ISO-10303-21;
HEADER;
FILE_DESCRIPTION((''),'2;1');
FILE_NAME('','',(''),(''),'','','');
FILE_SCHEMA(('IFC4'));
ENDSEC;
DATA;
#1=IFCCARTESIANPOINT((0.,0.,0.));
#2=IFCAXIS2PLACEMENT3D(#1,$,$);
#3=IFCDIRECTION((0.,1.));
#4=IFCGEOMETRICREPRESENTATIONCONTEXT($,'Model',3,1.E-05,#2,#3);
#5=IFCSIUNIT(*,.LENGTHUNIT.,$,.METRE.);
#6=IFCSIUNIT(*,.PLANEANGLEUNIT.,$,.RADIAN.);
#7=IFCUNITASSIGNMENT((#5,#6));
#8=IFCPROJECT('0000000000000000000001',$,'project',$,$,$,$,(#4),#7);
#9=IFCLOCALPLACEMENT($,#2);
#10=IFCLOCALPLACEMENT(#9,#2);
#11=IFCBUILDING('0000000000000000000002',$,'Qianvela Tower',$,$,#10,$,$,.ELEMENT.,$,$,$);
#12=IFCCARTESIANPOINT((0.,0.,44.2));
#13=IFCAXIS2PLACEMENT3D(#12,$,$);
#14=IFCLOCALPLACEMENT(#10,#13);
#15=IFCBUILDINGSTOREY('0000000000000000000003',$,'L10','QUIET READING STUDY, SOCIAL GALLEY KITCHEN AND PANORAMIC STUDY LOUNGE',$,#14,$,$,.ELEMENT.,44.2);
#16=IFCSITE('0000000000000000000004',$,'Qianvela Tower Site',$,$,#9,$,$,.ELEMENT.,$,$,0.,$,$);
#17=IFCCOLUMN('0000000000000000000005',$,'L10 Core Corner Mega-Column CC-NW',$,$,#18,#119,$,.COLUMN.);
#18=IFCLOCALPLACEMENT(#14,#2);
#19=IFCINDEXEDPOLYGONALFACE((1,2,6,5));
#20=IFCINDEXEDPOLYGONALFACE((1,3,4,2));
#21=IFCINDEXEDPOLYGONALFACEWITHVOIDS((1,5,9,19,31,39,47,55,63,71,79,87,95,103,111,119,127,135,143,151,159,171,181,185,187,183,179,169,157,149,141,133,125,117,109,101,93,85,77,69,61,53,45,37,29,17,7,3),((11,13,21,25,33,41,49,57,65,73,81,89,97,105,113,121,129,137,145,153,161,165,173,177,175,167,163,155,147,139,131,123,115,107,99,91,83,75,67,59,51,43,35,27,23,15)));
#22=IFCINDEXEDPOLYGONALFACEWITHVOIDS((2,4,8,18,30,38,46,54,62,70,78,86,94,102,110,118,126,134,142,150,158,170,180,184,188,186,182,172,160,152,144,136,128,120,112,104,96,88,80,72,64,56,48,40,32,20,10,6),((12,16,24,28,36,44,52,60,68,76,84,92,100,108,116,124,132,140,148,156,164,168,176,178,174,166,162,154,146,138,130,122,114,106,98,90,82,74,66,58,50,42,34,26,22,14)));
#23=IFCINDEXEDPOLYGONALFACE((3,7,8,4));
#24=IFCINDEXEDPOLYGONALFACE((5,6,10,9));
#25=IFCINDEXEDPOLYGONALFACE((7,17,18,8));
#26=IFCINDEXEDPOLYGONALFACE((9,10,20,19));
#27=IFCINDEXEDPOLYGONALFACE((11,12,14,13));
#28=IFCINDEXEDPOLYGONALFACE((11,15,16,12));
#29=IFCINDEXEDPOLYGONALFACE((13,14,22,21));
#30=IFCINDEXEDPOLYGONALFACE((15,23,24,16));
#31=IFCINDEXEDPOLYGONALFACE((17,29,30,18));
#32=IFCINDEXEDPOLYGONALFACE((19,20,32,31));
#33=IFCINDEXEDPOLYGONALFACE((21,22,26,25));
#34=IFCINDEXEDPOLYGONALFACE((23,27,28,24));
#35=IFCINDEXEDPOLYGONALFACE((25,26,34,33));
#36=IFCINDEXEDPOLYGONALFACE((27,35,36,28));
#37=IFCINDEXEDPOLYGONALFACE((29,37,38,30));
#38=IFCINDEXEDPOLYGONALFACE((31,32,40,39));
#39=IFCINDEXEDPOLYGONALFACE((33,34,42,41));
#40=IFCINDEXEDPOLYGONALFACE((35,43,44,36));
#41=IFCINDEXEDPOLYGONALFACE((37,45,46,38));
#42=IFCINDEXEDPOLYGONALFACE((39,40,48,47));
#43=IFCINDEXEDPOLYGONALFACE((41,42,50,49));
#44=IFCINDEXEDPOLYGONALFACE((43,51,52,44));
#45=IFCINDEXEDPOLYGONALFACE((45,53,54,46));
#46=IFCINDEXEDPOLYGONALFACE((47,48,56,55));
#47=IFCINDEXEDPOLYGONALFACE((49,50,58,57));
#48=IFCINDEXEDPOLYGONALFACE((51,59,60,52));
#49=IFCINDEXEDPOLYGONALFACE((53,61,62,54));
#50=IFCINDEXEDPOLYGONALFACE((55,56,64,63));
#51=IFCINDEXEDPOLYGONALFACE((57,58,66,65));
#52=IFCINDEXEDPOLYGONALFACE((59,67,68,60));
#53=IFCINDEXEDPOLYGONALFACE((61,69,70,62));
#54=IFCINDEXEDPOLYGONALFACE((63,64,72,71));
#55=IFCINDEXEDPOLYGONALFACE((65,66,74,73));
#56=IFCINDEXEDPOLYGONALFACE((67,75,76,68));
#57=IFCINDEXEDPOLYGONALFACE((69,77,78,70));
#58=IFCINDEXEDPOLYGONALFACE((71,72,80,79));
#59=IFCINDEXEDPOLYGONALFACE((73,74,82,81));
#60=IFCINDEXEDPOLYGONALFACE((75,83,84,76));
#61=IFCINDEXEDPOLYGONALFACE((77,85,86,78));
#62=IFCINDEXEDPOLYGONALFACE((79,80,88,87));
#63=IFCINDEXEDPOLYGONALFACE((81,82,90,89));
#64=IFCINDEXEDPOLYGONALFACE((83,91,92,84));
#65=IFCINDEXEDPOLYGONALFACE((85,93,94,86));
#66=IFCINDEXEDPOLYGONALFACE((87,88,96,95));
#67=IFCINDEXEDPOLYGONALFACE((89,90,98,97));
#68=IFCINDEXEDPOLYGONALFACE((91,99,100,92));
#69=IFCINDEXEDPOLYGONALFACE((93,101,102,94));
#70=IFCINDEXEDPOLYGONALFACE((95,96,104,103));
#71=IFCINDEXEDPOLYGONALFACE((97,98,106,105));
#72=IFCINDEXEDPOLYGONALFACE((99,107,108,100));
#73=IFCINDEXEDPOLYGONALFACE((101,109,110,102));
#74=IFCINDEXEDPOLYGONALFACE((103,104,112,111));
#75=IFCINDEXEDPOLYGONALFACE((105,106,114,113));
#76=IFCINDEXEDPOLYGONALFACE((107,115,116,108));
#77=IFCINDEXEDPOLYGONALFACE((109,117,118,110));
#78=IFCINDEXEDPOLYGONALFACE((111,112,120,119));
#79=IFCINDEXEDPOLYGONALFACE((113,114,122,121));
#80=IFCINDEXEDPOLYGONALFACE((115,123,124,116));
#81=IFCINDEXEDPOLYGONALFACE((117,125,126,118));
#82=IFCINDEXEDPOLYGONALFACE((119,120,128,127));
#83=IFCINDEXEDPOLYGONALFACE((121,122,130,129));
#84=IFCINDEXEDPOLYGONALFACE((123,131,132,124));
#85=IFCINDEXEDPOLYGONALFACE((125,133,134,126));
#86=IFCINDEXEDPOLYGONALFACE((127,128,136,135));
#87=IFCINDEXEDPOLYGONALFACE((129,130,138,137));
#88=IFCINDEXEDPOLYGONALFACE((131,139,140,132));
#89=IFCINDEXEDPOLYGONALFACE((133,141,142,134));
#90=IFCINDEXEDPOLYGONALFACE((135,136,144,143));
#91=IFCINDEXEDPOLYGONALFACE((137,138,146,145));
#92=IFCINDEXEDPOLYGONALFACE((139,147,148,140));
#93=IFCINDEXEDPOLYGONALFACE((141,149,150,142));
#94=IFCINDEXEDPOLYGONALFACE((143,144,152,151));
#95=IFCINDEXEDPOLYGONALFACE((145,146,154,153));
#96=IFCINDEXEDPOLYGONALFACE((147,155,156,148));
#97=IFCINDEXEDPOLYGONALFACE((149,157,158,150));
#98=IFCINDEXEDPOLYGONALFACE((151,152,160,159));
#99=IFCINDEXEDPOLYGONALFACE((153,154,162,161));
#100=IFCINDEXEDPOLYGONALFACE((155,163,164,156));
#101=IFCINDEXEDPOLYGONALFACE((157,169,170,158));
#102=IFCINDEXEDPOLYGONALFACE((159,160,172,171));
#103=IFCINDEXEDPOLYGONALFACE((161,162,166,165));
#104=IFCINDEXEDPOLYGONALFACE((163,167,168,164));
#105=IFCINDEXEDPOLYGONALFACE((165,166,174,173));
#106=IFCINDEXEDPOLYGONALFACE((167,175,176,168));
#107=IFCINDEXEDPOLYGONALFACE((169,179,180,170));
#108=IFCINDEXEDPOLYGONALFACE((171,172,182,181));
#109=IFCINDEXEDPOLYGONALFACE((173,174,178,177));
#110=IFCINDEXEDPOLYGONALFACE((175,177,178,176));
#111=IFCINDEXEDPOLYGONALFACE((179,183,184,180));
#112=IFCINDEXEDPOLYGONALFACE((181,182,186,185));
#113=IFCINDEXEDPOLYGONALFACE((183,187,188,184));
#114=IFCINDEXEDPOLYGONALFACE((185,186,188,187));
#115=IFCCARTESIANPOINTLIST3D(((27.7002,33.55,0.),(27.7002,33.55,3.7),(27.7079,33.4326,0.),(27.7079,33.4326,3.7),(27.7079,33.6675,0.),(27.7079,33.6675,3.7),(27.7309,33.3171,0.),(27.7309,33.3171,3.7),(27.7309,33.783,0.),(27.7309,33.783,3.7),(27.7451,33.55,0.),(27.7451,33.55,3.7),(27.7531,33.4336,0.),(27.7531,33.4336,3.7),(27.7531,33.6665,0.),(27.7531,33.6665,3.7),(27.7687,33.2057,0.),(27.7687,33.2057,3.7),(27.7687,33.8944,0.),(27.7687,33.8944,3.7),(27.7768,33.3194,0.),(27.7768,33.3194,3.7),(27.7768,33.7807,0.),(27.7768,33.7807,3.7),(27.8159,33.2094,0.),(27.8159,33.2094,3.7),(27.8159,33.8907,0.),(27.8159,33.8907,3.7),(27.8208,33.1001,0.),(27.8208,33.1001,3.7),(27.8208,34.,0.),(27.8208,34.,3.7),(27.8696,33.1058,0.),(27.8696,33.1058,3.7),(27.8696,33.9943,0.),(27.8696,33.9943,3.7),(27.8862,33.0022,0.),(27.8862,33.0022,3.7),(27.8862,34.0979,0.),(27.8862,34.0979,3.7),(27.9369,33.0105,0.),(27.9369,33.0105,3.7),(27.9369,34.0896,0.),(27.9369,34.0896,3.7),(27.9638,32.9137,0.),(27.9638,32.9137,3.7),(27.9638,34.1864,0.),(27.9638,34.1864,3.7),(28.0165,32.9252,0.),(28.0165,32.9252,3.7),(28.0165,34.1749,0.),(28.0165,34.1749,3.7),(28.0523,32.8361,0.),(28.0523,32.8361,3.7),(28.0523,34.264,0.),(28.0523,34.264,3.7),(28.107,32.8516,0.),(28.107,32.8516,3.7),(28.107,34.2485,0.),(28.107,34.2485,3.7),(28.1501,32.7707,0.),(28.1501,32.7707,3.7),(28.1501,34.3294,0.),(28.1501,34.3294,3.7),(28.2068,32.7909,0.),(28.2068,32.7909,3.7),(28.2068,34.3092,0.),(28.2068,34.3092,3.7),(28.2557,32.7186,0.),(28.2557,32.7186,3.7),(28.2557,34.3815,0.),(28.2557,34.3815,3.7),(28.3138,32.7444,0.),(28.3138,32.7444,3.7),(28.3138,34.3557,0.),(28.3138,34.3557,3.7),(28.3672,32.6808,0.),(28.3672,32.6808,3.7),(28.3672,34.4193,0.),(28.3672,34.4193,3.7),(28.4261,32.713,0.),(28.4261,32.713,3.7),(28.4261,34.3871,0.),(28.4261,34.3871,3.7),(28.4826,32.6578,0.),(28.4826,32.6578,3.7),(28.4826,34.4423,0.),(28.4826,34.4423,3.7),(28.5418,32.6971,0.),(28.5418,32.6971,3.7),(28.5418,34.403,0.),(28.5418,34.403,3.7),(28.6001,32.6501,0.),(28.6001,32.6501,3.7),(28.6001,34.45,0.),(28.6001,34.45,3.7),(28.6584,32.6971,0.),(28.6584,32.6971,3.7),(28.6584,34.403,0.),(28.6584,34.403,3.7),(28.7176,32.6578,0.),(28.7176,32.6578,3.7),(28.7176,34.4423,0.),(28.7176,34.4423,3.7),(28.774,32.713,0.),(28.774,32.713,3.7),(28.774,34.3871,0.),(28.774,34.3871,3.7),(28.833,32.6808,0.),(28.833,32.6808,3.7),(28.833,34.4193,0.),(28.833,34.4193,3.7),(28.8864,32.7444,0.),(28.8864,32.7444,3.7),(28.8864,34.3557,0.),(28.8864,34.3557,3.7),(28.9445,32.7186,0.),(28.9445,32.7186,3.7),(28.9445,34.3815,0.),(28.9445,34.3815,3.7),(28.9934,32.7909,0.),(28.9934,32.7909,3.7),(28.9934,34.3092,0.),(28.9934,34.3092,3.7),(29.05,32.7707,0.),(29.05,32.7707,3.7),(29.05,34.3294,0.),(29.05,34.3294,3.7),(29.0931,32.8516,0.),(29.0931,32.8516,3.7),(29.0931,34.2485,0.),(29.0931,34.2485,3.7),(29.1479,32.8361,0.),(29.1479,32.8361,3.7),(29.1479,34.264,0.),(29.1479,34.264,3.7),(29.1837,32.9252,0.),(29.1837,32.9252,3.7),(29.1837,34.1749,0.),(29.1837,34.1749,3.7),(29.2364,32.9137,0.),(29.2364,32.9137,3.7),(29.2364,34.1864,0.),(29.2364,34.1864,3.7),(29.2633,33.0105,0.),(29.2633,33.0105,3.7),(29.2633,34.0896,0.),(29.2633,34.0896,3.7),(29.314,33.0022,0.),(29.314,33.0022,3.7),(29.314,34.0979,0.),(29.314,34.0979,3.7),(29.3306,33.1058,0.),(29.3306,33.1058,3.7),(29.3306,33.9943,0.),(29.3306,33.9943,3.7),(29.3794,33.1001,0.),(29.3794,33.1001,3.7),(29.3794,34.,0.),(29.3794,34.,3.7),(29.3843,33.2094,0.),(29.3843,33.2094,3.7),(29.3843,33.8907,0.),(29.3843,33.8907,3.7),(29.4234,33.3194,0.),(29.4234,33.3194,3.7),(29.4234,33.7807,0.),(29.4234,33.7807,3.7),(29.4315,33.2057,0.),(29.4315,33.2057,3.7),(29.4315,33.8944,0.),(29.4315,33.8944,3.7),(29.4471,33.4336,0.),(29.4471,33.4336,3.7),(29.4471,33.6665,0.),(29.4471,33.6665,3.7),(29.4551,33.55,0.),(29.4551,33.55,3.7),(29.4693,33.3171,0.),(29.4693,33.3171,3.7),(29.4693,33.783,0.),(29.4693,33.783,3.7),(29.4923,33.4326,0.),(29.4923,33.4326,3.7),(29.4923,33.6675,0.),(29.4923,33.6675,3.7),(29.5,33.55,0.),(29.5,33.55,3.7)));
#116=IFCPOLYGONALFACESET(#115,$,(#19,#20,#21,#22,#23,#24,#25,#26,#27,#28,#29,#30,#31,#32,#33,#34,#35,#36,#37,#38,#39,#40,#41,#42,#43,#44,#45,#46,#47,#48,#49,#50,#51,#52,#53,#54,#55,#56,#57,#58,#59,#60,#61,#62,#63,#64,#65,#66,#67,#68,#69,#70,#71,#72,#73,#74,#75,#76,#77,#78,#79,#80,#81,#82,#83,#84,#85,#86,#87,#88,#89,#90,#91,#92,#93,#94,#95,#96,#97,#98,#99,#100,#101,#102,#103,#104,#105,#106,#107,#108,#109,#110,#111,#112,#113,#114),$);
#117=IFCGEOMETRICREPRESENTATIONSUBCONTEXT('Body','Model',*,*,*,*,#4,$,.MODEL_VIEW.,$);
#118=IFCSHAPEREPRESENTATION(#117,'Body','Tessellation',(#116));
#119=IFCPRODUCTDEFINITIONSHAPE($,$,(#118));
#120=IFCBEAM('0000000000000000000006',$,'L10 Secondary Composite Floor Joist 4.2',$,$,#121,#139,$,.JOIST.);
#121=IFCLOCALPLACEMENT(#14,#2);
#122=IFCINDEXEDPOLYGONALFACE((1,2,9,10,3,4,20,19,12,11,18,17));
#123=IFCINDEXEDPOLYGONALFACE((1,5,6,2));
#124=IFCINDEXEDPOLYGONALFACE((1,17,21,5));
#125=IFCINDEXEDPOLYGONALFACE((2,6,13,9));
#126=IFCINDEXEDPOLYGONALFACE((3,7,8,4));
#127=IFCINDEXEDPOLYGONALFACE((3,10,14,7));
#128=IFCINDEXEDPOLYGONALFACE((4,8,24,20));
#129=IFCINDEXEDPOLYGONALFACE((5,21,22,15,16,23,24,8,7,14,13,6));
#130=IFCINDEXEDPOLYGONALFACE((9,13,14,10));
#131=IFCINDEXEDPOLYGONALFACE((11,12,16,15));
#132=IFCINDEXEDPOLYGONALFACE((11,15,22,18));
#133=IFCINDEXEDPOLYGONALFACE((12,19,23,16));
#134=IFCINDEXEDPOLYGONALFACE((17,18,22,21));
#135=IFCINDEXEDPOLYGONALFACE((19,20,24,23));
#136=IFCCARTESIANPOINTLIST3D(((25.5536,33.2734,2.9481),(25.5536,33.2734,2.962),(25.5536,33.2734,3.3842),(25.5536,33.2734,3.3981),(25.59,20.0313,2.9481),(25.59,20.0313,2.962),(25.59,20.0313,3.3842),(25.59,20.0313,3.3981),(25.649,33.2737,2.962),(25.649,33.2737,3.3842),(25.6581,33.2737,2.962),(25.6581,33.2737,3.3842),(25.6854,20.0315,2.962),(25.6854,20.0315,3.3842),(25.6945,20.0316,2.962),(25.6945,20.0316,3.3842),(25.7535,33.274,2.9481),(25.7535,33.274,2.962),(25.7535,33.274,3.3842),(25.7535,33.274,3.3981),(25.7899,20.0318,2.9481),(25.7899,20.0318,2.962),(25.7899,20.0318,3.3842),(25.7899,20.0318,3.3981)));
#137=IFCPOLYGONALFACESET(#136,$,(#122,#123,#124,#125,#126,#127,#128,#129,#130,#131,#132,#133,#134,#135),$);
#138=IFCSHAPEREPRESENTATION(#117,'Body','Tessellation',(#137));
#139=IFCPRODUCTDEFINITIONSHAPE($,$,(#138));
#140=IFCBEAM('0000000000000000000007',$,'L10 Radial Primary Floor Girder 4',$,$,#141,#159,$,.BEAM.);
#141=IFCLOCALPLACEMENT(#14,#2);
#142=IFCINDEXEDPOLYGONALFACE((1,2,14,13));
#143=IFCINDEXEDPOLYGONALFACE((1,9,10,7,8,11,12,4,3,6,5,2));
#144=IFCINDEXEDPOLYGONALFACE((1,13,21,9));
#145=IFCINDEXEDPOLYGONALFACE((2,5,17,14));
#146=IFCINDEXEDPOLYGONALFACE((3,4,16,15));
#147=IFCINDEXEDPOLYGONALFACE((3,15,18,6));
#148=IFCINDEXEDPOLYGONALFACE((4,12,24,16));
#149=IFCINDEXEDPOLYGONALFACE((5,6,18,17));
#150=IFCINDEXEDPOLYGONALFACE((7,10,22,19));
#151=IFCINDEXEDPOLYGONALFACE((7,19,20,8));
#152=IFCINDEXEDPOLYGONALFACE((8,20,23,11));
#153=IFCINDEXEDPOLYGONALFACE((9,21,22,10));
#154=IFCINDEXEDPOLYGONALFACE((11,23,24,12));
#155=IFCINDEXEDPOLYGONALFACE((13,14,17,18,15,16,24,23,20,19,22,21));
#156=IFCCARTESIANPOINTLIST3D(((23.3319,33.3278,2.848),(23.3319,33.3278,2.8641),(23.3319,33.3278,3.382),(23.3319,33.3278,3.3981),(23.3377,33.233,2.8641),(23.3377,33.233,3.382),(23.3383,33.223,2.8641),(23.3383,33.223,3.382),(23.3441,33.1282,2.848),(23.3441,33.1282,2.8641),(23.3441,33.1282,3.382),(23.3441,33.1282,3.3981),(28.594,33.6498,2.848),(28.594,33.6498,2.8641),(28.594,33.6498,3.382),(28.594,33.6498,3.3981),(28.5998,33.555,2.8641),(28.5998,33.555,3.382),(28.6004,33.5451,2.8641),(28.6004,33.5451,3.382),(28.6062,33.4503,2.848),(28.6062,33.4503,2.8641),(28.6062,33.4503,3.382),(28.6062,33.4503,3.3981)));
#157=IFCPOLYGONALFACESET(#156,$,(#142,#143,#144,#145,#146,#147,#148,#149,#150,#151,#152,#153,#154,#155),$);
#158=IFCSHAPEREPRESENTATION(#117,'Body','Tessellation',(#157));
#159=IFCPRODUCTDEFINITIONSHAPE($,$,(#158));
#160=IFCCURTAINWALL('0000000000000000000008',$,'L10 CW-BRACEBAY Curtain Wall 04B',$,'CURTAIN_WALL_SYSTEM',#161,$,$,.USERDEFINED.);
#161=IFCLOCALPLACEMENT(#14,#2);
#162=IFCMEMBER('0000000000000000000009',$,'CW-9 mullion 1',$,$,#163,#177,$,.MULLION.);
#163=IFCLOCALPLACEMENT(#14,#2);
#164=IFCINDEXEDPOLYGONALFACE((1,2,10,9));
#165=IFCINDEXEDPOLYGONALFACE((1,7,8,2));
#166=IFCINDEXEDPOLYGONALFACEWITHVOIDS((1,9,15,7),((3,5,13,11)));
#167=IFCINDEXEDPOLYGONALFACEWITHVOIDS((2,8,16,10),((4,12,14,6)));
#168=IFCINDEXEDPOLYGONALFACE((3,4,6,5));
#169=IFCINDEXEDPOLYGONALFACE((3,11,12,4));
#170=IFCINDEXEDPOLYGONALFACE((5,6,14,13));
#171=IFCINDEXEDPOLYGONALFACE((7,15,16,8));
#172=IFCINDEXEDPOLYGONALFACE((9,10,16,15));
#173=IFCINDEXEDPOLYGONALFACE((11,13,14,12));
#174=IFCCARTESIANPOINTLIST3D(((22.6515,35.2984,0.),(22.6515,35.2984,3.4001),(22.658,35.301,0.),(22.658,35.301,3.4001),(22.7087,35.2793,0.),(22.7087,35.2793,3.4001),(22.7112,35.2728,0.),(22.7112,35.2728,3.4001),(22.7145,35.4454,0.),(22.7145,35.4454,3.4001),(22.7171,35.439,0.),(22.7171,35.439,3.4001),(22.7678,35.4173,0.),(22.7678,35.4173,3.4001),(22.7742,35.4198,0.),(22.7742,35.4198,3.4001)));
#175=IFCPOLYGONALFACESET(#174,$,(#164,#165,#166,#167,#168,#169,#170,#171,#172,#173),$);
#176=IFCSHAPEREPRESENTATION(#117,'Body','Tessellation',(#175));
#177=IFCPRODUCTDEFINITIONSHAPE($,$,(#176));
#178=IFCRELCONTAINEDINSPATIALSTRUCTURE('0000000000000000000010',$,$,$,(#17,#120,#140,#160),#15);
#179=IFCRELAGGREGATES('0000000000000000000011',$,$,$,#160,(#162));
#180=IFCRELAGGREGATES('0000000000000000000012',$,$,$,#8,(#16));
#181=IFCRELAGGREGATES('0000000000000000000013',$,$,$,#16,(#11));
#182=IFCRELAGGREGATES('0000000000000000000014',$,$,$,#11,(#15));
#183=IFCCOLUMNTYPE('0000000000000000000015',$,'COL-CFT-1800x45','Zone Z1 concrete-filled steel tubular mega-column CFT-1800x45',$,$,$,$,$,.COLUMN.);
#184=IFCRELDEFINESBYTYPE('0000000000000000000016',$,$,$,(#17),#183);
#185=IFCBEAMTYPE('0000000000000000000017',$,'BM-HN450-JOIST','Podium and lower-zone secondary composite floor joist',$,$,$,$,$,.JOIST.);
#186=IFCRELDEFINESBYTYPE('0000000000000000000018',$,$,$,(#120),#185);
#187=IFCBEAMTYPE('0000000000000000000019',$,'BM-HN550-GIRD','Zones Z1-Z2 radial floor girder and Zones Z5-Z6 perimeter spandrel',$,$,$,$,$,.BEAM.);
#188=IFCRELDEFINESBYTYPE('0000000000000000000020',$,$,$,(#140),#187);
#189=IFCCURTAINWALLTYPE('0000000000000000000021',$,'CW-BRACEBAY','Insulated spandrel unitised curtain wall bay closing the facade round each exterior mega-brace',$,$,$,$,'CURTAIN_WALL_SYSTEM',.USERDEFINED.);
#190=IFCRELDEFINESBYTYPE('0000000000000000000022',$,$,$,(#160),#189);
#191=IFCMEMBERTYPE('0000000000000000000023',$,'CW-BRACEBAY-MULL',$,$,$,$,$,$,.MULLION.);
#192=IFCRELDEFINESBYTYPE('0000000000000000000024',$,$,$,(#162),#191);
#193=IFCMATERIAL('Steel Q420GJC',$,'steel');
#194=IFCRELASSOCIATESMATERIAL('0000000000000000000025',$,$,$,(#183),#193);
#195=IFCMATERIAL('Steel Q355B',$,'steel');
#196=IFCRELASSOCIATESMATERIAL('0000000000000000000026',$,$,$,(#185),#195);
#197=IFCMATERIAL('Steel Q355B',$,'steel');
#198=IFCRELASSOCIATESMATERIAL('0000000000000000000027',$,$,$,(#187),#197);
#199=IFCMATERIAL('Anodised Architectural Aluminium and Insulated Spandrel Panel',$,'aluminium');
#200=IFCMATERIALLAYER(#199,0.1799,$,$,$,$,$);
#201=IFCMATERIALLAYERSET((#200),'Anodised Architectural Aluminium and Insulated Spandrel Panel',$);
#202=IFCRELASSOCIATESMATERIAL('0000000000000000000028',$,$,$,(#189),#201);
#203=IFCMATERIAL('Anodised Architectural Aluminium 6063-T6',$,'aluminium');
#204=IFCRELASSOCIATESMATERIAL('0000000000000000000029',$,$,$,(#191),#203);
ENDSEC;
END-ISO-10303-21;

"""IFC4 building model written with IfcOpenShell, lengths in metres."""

from ifc_helpers import new_model, si_unit, direction, frame, origin, origin_2d, place, context, subcontext, project, spatial, hollow_rectangle, hollow_circle, i_section, extrude, material, layer, layer_set, material_profile, profile_set, type_object, element, aggregate, save


model = new_model("IFC4")

# Units and contexts
model_context = context("Model", 3, precision=1e-05, world=origin(), true_north=direction((0.0, 1.0)))
body_context = subcontext(model_context, "Body", "Model", "MODEL_VIEW")
ifc_project = project(units=[si_unit("LENGTHUNIT", "METRE"), si_unit("PLANEANGLEUNIT", "RADIAN")], contexts=[model_context])

# Site, building, storey
site_placement = place(None, origin())
site = spatial("IfcSite", under=ifc_project, at=site_placement, Name="Qianvela Tower Site", CompositionType="ELEMENT", RefElevation=0.0)
building_placement = place(site_placement, origin())
building = spatial("IfcBuilding", under=site, at=building_placement, Name="Qianvela Tower", CompositionType="ELEMENT")
storey_placement = place(building_placement, frame((0.0, 0.0, 44.2)))
storey = spatial("IfcBuildingStorey", under=building, at=storey_placement, Name="L10", Description="QUIET READING STUDY, SOCIAL GALLEY KITCHEN AND PANORAMIC STUDY LOUNGE", CompositionType="ELEMENT", Elevation=44.2)

# Column
ifc_material_1 = material(Name="Steel Q420GJC", Category="steel")
ifc_material_profile_1 = material_profile(ifc_material_1, hollow_circle(Radius=0.8999, WallThickness=0.0449, at=origin_2d()), Name="CFT-1800x45")
ifc_profile_set_1 = profile_set([ifc_material_profile_1], Name="Steel Q420GJC")
column_type = type_object("IfcColumnType", Name="COL-CFT-1800x45", Description="Zone Z1 concrete-filled steel tubular mega-column CFT-1800x45", PredefinedType="COLUMN", material=ifc_profile_set_1)
column_placement = place(storey_placement, frame((28.6001, 33.55, 0.0), z_axis=(0.0, 0.0, 1.0), x_axis=(1.0, 0.0, 0.0)))
element("IfcColumn", 1, at=column_placement, inside=storey, type_object=column_type, Name="L10 Core Corner Mega-Column CC-NW", PredefinedType="COLUMN", context=body_context, shape_type="SweptSolid", body=[
    extrude(hollow_circle(Radius=0.8999, WallThickness=0.0449, at=origin_2d()), origin(), (0.0, 0.0, 1.0), 3.7),
])

# Beams
ifc_material_2 = material(Name="Steel Q355B", Category="steel")
ifc_material_profile_2 = material_profile(ifc_material_2, i_section(OverallWidth=0.2, OverallDepth=0.45, WebThickness=0.009, FlangeThickness=0.0139, at=origin_2d()), Name="HN450x200x9x14")
ifc_profile_set_2 = profile_set([ifc_material_profile_2], Name="Steel Q355B")
beam_type_1 = type_object("IfcBeamType", Name="BM-HN450-JOIST", Description="Podium and lower-zone secondary composite floor joist", PredefinedType="JOIST", material=ifc_profile_set_2)
beam_1_placement = place(storey_placement, frame((25.6536, 33.2737, 3.1731), z_axis=(0.002747, -0.999996, 0.0), x_axis=(0.999996, 0.002747, 0.0)))
element("IfcBeam", 2, at=beam_1_placement, inside=storey, type_object=beam_type_1, Name="L10 Secondary Composite Floor Joist 4.2", PredefinedType="JOIST", context=body_context, shape_type="SweptSolid", body=[
    extrude(i_section(OverallWidth=0.2, OverallDepth=0.45, WebThickness=0.009, FlangeThickness=0.0139, at=origin_2d()), origin(), (0.0, 0.0, 1.0), 13.2422),
])
ifc_material_3 = material(Name="Steel Q355B", Category="steel")
ifc_material_profile_3 = material_profile(ifc_material_3, i_section(OverallWidth=0.2, OverallDepth=0.55, WebThickness=0.01, FlangeThickness=0.0161, at=origin_2d()), Name="HN550x200x10x16")
ifc_profile_set_3 = profile_set([ifc_material_profile_3], Name="Steel Q355B")
beam_type_2 = type_object("IfcBeamType", Name="BM-HN550-GIRD", Description="Zones Z1-Z2 radial floor girder and Zones Z5-Z6 perimeter spandrel", PredefinedType="BEAM", material=ifc_profile_set_3)
beam_2_placement = place(storey_placement, frame((28.6001, 33.55, 3.123), z_axis=(-0.998133, -0.061081, 0.0), x_axis=(0.061081, -0.998133, 0.0)))
element("IfcBeam", 3, at=beam_2_placement, inside=storey, type_object=beam_type_2, Name="L10 Radial Primary Floor Girder 4", PredefinedType="BEAM", context=body_context, shape_type="SweptSolid", body=[
    extrude(i_section(OverallWidth=0.2, OverallDepth=0.55, WebThickness=0.01, FlangeThickness=0.0161, at=origin_2d()), origin(), (0.0, 0.0, 1.0), 5.272),
])

# Curtain wall, member
ifc_material_4 = material(Name="Anodised Architectural Aluminium and Insulated Spandrel Panel", Category="aluminium")
ifc_layer_1 = layer(ifc_material_4, 0.1799)
ifc_layer_set_1 = layer_set([ifc_layer_1], Name="Anodised Architectural Aluminium and Insulated Spandrel Panel")
curtain_wall_type_1 = type_object("IfcCurtainWallType", Name="CW-BRACEBAY", Description="Insulated spandrel unitised curtain wall bay closing the facade round each exterior mega-brace", ElementType="CURTAIN_WALL_SYSTEM", PredefinedType="USERDEFINED", material=ifc_layer_set_1)
curtain_wall_1_placement = place(storey_placement, origin())
curtain_wall_1 = element("IfcCurtainWall", 4, at=curtain_wall_1_placement, inside=storey, type_object=curtain_wall_type_1, Name="L10 CW-BRACEBAY Curtain Wall 04B", ObjectType="CURTAIN_WALL_SYSTEM", PredefinedType="USERDEFINED")
ifc_material_5 = material(Name="Anodised Architectural Aluminium 6063-T6", Category="aluminium")
ifc_material_profile_4 = material_profile(ifc_material_5, hollow_rectangle(XDim=0.0649, YDim=0.1599, WallThickness=0.0049, at=origin_2d()), Name="ALU-MULL-65x160")
ifc_profile_set_4 = profile_set([ifc_material_profile_4], Name="Anodised Architectural Aluminium 6063-T6")
member_type_1 = type_object("IfcMemberType", Name="CW-BRACEBAY-MULL", PredefinedType="MULLION", material=ifc_profile_set_4)
member_1_placement = place(storey_placement, frame((22.7129, 35.3591, 0.0), z_axis=(0.0, 0.0, 1.0), x_axis=(0.919135, -0.393944, 0.0)))
member_1 = element("IfcMember", 5, at=member_1_placement, type_object=member_type_1, Name="CW-9 mullion 1", PredefinedType="MULLION", context=body_context, shape_type="SweptSolid", body=[
    extrude(hollow_rectangle(XDim=0.0649, YDim=0.1599, WallThickness=0.0049, at=origin_2d()), origin(), (0.0, 0.0, 1.0), 3.4001),
])

aggregate(curtain_wall_1, [member_1])

save(model, "model.ifc")
